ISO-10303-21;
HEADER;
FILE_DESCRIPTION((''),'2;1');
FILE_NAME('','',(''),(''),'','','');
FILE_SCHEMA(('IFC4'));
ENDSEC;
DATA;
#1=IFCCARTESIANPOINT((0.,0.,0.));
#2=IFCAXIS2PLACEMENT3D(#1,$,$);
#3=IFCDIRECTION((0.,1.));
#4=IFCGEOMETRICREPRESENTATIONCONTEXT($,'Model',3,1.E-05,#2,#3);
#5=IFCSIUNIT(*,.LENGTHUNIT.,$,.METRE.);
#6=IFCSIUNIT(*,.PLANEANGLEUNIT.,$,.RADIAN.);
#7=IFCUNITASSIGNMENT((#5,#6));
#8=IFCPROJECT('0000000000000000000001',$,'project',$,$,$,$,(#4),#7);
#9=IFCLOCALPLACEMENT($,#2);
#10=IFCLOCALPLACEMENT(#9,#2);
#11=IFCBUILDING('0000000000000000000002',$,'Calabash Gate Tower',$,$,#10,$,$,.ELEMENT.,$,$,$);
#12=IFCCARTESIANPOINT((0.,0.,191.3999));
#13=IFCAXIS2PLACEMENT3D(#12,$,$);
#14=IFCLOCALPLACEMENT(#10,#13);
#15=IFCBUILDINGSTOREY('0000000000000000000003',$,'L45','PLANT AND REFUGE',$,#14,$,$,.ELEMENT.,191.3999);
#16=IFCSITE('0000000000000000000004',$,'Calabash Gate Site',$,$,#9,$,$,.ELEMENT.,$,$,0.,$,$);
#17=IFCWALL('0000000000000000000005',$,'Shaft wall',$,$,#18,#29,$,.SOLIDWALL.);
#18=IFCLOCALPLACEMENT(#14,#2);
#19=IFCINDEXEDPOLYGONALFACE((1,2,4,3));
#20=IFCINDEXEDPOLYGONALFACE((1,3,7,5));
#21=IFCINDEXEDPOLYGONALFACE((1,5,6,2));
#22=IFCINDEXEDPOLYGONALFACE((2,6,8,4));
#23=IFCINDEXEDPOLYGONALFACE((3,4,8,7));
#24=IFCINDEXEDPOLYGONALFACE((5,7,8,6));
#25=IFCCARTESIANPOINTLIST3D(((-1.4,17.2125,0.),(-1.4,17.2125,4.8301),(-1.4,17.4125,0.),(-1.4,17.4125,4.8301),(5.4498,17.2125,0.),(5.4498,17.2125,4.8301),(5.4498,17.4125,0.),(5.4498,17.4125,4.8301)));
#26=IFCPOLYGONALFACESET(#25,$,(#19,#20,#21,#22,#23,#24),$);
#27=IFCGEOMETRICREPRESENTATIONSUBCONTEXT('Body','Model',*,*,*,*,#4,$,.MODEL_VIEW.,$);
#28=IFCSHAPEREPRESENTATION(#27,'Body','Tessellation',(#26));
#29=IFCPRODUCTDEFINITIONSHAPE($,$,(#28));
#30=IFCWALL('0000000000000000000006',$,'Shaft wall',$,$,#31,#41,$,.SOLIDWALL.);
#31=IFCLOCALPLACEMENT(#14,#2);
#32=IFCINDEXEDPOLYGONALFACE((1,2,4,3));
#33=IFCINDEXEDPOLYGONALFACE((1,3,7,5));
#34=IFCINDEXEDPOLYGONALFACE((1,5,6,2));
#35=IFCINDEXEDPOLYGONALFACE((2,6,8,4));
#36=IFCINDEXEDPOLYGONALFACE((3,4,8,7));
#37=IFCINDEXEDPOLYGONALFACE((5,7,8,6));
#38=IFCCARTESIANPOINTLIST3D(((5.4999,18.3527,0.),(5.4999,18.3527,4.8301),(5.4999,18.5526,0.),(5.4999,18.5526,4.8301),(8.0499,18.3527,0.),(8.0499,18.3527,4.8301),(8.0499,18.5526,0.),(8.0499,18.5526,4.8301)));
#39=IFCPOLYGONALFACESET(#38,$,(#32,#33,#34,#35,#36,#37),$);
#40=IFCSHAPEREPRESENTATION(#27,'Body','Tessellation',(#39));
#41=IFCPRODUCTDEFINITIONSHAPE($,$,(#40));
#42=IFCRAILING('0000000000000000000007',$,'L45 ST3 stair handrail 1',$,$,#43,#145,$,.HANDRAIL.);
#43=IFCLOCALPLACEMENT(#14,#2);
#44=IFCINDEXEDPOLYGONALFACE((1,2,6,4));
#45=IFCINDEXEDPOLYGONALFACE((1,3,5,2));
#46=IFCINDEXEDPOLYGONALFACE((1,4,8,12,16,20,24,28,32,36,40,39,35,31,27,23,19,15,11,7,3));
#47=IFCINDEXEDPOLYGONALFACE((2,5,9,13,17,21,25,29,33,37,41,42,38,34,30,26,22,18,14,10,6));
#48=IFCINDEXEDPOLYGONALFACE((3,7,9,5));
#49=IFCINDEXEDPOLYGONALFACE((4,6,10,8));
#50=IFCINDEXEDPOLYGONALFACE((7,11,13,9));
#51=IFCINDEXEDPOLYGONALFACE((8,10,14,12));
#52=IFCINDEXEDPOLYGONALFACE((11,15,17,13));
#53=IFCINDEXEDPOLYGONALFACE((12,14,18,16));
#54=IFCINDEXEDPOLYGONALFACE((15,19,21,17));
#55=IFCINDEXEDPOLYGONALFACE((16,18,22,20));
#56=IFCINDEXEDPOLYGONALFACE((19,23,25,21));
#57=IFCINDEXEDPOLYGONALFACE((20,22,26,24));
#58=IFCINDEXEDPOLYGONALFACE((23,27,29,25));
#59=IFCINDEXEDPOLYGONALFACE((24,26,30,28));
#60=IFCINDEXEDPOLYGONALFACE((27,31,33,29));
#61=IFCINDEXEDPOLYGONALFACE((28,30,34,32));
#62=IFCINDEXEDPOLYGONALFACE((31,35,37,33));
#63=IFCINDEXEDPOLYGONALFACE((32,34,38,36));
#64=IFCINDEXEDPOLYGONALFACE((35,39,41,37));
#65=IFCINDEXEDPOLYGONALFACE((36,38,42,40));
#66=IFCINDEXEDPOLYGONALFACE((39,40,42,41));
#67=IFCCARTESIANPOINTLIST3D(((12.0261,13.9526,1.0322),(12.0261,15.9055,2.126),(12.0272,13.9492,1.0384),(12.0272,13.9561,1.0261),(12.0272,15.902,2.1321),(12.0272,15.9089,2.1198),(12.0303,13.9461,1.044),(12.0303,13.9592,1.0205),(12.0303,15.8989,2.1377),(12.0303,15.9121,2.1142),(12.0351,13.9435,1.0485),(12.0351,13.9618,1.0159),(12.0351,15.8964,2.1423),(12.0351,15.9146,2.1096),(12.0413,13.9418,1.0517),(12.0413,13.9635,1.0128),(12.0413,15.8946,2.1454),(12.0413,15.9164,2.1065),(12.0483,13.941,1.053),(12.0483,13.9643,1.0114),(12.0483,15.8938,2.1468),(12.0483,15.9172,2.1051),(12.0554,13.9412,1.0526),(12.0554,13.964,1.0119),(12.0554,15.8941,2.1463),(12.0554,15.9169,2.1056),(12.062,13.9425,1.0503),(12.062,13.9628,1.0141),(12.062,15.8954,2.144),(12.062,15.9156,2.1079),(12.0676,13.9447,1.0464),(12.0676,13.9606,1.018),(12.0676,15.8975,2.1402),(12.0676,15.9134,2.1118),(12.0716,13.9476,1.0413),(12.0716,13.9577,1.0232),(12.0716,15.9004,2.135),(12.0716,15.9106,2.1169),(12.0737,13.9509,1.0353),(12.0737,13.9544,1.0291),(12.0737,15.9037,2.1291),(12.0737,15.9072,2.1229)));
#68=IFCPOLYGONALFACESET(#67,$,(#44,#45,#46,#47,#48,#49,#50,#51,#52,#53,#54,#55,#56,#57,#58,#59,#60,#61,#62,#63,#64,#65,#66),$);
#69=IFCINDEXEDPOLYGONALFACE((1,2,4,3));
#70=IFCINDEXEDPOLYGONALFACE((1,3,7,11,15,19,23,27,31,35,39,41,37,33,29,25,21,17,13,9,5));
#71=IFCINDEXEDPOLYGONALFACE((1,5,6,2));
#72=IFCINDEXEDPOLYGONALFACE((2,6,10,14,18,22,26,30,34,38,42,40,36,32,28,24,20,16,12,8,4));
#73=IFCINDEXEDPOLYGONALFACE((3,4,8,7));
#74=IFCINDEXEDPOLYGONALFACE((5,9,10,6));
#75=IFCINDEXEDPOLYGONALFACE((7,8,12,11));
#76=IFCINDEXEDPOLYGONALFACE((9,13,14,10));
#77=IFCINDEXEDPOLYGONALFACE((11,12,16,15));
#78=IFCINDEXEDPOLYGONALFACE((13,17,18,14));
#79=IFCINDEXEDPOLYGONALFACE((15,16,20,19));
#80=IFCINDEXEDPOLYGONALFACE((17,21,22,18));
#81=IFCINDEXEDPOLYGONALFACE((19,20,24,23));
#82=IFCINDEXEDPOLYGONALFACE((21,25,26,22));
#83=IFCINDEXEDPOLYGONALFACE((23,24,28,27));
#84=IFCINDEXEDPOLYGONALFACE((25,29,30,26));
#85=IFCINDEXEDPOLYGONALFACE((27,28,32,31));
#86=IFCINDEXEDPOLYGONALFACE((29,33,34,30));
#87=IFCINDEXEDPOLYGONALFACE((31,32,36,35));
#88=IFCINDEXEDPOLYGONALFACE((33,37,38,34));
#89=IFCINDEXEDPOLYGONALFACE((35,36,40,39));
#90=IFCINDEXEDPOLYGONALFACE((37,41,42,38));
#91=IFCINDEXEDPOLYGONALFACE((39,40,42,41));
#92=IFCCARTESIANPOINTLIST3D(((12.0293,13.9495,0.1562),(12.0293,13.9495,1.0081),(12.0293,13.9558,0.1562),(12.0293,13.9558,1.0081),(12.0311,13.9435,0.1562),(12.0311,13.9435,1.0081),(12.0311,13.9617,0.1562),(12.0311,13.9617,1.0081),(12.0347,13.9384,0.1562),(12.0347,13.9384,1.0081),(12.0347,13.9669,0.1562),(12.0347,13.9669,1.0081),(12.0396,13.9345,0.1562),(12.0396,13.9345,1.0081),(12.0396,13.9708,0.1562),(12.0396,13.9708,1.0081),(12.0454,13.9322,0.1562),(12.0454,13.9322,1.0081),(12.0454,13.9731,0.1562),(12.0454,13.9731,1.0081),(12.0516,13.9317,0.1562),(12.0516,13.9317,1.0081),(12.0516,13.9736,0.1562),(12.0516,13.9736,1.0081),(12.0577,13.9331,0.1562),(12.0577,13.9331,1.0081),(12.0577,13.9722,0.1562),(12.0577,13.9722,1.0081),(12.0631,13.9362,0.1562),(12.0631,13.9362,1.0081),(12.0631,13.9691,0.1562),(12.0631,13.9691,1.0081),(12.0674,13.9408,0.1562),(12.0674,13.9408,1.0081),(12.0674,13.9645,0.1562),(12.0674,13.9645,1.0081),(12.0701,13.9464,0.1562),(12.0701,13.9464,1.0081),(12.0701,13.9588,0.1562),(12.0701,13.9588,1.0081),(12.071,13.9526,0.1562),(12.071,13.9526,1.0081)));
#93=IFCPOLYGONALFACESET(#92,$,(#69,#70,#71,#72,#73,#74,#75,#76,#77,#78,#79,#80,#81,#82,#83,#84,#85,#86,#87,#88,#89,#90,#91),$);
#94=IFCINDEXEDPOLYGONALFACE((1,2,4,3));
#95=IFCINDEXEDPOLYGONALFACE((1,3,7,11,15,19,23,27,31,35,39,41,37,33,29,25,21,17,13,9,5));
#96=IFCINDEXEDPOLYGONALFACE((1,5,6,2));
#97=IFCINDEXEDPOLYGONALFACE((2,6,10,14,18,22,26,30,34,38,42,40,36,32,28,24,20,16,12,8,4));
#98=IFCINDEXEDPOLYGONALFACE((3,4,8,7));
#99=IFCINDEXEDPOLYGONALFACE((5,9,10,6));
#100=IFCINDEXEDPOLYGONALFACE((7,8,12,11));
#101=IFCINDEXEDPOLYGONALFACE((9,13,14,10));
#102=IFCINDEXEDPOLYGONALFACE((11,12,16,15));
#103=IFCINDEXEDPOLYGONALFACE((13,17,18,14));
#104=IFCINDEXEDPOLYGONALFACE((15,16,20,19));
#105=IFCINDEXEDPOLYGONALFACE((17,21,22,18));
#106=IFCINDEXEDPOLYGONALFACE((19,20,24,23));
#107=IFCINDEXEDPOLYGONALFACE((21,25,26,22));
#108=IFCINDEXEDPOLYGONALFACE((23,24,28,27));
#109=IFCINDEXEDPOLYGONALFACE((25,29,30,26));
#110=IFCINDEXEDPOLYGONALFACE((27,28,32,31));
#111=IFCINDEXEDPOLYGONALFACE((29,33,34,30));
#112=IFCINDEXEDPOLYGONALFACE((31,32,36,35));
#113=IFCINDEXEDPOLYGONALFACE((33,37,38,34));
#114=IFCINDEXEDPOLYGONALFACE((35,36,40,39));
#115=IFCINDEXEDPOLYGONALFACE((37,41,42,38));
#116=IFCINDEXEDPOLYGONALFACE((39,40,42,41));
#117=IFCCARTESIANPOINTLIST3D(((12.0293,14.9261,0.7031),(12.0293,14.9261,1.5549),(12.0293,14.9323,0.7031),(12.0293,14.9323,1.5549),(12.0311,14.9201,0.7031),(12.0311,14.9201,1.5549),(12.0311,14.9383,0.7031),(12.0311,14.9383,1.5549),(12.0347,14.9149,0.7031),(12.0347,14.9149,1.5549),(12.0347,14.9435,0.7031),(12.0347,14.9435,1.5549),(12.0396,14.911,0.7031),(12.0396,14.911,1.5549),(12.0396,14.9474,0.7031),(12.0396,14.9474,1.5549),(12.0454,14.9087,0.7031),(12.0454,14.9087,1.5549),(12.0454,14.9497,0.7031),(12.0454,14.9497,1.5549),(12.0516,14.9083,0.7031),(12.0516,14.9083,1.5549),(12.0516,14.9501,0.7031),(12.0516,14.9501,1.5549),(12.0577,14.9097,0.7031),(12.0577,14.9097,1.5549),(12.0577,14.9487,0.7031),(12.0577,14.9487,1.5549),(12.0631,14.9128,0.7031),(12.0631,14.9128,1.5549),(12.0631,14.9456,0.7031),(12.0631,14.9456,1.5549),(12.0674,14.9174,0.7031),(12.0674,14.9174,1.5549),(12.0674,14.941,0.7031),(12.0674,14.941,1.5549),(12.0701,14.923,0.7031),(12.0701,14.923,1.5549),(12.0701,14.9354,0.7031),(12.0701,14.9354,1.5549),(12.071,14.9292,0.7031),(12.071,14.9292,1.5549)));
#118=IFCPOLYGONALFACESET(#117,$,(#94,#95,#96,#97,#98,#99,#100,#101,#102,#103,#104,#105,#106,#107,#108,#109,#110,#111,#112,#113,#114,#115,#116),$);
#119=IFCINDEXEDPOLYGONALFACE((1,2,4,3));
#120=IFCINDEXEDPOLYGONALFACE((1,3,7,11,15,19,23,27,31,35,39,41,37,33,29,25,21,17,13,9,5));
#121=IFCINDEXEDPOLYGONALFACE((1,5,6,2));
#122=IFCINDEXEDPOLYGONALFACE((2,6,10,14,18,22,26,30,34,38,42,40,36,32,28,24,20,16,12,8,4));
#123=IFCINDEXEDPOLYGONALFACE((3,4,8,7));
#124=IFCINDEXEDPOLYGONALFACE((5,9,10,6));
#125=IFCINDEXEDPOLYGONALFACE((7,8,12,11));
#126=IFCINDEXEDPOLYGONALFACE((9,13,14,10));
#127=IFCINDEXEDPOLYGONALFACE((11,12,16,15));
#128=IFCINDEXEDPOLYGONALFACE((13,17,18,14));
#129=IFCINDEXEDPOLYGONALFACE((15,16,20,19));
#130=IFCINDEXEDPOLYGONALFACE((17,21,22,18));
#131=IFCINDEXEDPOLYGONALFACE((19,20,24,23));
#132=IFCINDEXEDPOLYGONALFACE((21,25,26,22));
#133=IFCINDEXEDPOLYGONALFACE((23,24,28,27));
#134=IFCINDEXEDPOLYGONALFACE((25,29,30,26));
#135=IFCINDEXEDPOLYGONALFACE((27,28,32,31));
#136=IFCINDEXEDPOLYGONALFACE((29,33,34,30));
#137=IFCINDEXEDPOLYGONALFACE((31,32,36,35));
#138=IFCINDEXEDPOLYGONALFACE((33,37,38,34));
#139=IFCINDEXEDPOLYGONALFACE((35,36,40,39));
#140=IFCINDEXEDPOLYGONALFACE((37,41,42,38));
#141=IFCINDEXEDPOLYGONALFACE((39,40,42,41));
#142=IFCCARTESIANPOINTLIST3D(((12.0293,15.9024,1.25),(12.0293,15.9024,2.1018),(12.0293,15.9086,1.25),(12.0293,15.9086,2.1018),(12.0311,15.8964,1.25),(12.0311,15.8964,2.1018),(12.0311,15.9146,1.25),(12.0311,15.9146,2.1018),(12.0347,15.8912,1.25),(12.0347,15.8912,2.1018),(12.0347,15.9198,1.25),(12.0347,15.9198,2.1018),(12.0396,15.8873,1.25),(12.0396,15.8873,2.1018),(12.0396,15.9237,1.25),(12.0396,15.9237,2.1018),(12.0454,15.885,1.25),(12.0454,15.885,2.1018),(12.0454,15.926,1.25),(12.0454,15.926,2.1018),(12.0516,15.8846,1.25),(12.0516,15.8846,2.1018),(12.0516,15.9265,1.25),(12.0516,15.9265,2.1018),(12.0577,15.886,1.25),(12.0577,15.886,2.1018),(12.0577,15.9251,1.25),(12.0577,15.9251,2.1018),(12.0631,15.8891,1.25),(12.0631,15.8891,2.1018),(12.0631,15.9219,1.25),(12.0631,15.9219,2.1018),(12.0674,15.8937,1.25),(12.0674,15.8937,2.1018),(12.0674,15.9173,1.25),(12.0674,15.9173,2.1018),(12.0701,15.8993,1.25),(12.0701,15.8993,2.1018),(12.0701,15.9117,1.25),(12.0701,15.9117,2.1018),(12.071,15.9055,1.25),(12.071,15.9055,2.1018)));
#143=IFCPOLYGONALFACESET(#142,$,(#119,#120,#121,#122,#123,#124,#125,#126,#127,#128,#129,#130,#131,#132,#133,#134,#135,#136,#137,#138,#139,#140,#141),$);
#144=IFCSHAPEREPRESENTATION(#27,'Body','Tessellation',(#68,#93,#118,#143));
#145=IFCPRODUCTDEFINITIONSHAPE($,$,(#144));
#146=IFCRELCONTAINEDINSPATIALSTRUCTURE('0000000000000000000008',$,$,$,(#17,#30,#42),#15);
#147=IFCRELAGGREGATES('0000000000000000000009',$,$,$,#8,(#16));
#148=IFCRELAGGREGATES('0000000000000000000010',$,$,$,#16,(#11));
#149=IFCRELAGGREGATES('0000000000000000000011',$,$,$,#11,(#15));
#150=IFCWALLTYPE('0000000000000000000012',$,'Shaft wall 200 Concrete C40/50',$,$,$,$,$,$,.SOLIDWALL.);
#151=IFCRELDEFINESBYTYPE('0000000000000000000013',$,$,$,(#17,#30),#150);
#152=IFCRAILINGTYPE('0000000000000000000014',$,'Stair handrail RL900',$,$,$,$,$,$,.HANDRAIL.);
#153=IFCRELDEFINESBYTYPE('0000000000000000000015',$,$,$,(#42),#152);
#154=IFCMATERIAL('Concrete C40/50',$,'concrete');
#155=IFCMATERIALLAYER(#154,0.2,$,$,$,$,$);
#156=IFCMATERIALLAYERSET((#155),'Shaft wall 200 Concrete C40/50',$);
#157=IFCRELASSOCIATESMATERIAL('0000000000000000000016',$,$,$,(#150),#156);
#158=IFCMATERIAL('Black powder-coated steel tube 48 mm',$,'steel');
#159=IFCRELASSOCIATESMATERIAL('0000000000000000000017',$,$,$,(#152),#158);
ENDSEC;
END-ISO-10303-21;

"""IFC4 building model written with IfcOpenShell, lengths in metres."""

from ifc_helpers import new_model, si_unit, direction, frame, frame_2d, origin, origin_2d, place, context, subcontext, project, spatial, rectangle, circle, extrude, material, layer, layer_set, type_object, element, save


model = new_model("IFC4")

# Units and contexts
model_context = context("Model", 3, precision=1e-05, world=origin(), true_north=direction((0.0, 1.0)))
body_context = subcontext(model_context, "Body", "Model", "MODEL_VIEW")
ifc_project = project(units=[si_unit("LENGTHUNIT", "METRE"), si_unit("PLANEANGLEUNIT", "RADIAN")], contexts=[model_context])

# Site, building, storey
site_placement = place(None, origin())
site = spatial("IfcSite", under=ifc_project, at=site_placement, Name="Calabash Gate Site", CompositionType="ELEMENT", RefElevation=0.0)
building_placement = place(site_placement, origin())
building = spatial("IfcBuilding", under=site, at=building_placement, Name="Calabash Gate Tower", CompositionType="ELEMENT")
storey_placement = place(building_placement, frame((0.0, 0.0, 191.3999)))
storey = spatial("IfcBuildingStorey", under=building, at=storey_placement, Name="L45", Description="PLANT AND REFUGE", CompositionType="ELEMENT", Elevation=191.3999)

# Shared definitions
ifc_material_1 = material(Name="Concrete C40/50", Category="concrete")
ifc_layer_1 = layer(ifc_material_1, 0.2)
ifc_layer_set_1 = layer_set([ifc_layer_1], Name="Shaft wall 200 Concrete C40/50")
wall_type_1 = type_object("IfcWallType", Name="Shaft wall 200 Concrete C40/50", PredefinedType="SOLIDWALL", material=ifc_layer_set_1)

# Walls
wall_1_placement = place(storey_placement, frame((-1.3999, 17.3125, 0.0), z_axis=(0.0, 0.0, 1.0), x_axis=(1.0, 0.0, 0.0)))
element("IfcWall", 1, at=wall_1_placement, inside=storey, type_object=wall_type_1, Name="Shaft wall", PredefinedType="SOLIDWALL", context=body_context, shape_type="SweptSolid", body=[
    extrude(rectangle(XDim=6.8499, YDim=0.2, at=frame_2d((3.4248, 0.0))), origin(), (0.0, 0.0, 1.0), 4.8301),
])
wall_2_placement = place(storey_placement, frame((5.5, 18.4526, 0.0), z_axis=(0.0, 0.0, 1.0), x_axis=(1.0, 0.0, 0.0)))
element("IfcWall", 2, at=wall_2_placement, inside=storey, type_object=wall_type_1, Name="Shaft wall", PredefinedType="SOLIDWALL", context=body_context, shape_type="SweptSolid", body=[
    extrude(rectangle(XDim=2.55, YDim=0.2, at=frame_2d((1.2749, 0.0))), origin(), (0.0, 0.0, 1.0), 4.8301),
])

# Railing
ifc_material_2 = material(Name="Black powder-coated steel tube 48 mm", Category="steel")
railing_type_1 = type_object("IfcRailingType", Name="Stair handrail RL900", PredefinedType="HANDRAIL", material=ifc_material_2)
railing_1_placement = place(storey_placement, frame((12.05, 13.9526, 0.1562)))
element("IfcRailing", 3, at=railing_1_placement, inside=storey, type_object=railing_type_1, Name="L45 ST3 stair handrail 1", PredefinedType="HANDRAIL", context=body_context, shape_type="SweptSolid", body=[
    extrude(circle(Radius=0.0239, at=origin_2d()), frame((0.0, 0.0, 0.876), z_axis=(0.0, 0.87248, 0.48865), x_axis=(-1.0, 0.0, 0.0)), (0.0, 0.0, 1.0), 2.2383),
    extrude(circle(Radius=0.021, at=origin_2d()), origin(), (0.0, 0.0, 1.0), 0.8518),
    extrude(circle(Radius=0.021, at=origin_2d()), frame((0.0, 0.9766, 0.5469)), (0.0, 0.0, 1.0), 0.8518),
    extrude(circle(Radius=0.021, at=origin_2d()), frame((0.0, 1.9529, 1.0938)), (0.0, 0.0, 1.0), 0.8518),
])

save(model, "model.ifc")
